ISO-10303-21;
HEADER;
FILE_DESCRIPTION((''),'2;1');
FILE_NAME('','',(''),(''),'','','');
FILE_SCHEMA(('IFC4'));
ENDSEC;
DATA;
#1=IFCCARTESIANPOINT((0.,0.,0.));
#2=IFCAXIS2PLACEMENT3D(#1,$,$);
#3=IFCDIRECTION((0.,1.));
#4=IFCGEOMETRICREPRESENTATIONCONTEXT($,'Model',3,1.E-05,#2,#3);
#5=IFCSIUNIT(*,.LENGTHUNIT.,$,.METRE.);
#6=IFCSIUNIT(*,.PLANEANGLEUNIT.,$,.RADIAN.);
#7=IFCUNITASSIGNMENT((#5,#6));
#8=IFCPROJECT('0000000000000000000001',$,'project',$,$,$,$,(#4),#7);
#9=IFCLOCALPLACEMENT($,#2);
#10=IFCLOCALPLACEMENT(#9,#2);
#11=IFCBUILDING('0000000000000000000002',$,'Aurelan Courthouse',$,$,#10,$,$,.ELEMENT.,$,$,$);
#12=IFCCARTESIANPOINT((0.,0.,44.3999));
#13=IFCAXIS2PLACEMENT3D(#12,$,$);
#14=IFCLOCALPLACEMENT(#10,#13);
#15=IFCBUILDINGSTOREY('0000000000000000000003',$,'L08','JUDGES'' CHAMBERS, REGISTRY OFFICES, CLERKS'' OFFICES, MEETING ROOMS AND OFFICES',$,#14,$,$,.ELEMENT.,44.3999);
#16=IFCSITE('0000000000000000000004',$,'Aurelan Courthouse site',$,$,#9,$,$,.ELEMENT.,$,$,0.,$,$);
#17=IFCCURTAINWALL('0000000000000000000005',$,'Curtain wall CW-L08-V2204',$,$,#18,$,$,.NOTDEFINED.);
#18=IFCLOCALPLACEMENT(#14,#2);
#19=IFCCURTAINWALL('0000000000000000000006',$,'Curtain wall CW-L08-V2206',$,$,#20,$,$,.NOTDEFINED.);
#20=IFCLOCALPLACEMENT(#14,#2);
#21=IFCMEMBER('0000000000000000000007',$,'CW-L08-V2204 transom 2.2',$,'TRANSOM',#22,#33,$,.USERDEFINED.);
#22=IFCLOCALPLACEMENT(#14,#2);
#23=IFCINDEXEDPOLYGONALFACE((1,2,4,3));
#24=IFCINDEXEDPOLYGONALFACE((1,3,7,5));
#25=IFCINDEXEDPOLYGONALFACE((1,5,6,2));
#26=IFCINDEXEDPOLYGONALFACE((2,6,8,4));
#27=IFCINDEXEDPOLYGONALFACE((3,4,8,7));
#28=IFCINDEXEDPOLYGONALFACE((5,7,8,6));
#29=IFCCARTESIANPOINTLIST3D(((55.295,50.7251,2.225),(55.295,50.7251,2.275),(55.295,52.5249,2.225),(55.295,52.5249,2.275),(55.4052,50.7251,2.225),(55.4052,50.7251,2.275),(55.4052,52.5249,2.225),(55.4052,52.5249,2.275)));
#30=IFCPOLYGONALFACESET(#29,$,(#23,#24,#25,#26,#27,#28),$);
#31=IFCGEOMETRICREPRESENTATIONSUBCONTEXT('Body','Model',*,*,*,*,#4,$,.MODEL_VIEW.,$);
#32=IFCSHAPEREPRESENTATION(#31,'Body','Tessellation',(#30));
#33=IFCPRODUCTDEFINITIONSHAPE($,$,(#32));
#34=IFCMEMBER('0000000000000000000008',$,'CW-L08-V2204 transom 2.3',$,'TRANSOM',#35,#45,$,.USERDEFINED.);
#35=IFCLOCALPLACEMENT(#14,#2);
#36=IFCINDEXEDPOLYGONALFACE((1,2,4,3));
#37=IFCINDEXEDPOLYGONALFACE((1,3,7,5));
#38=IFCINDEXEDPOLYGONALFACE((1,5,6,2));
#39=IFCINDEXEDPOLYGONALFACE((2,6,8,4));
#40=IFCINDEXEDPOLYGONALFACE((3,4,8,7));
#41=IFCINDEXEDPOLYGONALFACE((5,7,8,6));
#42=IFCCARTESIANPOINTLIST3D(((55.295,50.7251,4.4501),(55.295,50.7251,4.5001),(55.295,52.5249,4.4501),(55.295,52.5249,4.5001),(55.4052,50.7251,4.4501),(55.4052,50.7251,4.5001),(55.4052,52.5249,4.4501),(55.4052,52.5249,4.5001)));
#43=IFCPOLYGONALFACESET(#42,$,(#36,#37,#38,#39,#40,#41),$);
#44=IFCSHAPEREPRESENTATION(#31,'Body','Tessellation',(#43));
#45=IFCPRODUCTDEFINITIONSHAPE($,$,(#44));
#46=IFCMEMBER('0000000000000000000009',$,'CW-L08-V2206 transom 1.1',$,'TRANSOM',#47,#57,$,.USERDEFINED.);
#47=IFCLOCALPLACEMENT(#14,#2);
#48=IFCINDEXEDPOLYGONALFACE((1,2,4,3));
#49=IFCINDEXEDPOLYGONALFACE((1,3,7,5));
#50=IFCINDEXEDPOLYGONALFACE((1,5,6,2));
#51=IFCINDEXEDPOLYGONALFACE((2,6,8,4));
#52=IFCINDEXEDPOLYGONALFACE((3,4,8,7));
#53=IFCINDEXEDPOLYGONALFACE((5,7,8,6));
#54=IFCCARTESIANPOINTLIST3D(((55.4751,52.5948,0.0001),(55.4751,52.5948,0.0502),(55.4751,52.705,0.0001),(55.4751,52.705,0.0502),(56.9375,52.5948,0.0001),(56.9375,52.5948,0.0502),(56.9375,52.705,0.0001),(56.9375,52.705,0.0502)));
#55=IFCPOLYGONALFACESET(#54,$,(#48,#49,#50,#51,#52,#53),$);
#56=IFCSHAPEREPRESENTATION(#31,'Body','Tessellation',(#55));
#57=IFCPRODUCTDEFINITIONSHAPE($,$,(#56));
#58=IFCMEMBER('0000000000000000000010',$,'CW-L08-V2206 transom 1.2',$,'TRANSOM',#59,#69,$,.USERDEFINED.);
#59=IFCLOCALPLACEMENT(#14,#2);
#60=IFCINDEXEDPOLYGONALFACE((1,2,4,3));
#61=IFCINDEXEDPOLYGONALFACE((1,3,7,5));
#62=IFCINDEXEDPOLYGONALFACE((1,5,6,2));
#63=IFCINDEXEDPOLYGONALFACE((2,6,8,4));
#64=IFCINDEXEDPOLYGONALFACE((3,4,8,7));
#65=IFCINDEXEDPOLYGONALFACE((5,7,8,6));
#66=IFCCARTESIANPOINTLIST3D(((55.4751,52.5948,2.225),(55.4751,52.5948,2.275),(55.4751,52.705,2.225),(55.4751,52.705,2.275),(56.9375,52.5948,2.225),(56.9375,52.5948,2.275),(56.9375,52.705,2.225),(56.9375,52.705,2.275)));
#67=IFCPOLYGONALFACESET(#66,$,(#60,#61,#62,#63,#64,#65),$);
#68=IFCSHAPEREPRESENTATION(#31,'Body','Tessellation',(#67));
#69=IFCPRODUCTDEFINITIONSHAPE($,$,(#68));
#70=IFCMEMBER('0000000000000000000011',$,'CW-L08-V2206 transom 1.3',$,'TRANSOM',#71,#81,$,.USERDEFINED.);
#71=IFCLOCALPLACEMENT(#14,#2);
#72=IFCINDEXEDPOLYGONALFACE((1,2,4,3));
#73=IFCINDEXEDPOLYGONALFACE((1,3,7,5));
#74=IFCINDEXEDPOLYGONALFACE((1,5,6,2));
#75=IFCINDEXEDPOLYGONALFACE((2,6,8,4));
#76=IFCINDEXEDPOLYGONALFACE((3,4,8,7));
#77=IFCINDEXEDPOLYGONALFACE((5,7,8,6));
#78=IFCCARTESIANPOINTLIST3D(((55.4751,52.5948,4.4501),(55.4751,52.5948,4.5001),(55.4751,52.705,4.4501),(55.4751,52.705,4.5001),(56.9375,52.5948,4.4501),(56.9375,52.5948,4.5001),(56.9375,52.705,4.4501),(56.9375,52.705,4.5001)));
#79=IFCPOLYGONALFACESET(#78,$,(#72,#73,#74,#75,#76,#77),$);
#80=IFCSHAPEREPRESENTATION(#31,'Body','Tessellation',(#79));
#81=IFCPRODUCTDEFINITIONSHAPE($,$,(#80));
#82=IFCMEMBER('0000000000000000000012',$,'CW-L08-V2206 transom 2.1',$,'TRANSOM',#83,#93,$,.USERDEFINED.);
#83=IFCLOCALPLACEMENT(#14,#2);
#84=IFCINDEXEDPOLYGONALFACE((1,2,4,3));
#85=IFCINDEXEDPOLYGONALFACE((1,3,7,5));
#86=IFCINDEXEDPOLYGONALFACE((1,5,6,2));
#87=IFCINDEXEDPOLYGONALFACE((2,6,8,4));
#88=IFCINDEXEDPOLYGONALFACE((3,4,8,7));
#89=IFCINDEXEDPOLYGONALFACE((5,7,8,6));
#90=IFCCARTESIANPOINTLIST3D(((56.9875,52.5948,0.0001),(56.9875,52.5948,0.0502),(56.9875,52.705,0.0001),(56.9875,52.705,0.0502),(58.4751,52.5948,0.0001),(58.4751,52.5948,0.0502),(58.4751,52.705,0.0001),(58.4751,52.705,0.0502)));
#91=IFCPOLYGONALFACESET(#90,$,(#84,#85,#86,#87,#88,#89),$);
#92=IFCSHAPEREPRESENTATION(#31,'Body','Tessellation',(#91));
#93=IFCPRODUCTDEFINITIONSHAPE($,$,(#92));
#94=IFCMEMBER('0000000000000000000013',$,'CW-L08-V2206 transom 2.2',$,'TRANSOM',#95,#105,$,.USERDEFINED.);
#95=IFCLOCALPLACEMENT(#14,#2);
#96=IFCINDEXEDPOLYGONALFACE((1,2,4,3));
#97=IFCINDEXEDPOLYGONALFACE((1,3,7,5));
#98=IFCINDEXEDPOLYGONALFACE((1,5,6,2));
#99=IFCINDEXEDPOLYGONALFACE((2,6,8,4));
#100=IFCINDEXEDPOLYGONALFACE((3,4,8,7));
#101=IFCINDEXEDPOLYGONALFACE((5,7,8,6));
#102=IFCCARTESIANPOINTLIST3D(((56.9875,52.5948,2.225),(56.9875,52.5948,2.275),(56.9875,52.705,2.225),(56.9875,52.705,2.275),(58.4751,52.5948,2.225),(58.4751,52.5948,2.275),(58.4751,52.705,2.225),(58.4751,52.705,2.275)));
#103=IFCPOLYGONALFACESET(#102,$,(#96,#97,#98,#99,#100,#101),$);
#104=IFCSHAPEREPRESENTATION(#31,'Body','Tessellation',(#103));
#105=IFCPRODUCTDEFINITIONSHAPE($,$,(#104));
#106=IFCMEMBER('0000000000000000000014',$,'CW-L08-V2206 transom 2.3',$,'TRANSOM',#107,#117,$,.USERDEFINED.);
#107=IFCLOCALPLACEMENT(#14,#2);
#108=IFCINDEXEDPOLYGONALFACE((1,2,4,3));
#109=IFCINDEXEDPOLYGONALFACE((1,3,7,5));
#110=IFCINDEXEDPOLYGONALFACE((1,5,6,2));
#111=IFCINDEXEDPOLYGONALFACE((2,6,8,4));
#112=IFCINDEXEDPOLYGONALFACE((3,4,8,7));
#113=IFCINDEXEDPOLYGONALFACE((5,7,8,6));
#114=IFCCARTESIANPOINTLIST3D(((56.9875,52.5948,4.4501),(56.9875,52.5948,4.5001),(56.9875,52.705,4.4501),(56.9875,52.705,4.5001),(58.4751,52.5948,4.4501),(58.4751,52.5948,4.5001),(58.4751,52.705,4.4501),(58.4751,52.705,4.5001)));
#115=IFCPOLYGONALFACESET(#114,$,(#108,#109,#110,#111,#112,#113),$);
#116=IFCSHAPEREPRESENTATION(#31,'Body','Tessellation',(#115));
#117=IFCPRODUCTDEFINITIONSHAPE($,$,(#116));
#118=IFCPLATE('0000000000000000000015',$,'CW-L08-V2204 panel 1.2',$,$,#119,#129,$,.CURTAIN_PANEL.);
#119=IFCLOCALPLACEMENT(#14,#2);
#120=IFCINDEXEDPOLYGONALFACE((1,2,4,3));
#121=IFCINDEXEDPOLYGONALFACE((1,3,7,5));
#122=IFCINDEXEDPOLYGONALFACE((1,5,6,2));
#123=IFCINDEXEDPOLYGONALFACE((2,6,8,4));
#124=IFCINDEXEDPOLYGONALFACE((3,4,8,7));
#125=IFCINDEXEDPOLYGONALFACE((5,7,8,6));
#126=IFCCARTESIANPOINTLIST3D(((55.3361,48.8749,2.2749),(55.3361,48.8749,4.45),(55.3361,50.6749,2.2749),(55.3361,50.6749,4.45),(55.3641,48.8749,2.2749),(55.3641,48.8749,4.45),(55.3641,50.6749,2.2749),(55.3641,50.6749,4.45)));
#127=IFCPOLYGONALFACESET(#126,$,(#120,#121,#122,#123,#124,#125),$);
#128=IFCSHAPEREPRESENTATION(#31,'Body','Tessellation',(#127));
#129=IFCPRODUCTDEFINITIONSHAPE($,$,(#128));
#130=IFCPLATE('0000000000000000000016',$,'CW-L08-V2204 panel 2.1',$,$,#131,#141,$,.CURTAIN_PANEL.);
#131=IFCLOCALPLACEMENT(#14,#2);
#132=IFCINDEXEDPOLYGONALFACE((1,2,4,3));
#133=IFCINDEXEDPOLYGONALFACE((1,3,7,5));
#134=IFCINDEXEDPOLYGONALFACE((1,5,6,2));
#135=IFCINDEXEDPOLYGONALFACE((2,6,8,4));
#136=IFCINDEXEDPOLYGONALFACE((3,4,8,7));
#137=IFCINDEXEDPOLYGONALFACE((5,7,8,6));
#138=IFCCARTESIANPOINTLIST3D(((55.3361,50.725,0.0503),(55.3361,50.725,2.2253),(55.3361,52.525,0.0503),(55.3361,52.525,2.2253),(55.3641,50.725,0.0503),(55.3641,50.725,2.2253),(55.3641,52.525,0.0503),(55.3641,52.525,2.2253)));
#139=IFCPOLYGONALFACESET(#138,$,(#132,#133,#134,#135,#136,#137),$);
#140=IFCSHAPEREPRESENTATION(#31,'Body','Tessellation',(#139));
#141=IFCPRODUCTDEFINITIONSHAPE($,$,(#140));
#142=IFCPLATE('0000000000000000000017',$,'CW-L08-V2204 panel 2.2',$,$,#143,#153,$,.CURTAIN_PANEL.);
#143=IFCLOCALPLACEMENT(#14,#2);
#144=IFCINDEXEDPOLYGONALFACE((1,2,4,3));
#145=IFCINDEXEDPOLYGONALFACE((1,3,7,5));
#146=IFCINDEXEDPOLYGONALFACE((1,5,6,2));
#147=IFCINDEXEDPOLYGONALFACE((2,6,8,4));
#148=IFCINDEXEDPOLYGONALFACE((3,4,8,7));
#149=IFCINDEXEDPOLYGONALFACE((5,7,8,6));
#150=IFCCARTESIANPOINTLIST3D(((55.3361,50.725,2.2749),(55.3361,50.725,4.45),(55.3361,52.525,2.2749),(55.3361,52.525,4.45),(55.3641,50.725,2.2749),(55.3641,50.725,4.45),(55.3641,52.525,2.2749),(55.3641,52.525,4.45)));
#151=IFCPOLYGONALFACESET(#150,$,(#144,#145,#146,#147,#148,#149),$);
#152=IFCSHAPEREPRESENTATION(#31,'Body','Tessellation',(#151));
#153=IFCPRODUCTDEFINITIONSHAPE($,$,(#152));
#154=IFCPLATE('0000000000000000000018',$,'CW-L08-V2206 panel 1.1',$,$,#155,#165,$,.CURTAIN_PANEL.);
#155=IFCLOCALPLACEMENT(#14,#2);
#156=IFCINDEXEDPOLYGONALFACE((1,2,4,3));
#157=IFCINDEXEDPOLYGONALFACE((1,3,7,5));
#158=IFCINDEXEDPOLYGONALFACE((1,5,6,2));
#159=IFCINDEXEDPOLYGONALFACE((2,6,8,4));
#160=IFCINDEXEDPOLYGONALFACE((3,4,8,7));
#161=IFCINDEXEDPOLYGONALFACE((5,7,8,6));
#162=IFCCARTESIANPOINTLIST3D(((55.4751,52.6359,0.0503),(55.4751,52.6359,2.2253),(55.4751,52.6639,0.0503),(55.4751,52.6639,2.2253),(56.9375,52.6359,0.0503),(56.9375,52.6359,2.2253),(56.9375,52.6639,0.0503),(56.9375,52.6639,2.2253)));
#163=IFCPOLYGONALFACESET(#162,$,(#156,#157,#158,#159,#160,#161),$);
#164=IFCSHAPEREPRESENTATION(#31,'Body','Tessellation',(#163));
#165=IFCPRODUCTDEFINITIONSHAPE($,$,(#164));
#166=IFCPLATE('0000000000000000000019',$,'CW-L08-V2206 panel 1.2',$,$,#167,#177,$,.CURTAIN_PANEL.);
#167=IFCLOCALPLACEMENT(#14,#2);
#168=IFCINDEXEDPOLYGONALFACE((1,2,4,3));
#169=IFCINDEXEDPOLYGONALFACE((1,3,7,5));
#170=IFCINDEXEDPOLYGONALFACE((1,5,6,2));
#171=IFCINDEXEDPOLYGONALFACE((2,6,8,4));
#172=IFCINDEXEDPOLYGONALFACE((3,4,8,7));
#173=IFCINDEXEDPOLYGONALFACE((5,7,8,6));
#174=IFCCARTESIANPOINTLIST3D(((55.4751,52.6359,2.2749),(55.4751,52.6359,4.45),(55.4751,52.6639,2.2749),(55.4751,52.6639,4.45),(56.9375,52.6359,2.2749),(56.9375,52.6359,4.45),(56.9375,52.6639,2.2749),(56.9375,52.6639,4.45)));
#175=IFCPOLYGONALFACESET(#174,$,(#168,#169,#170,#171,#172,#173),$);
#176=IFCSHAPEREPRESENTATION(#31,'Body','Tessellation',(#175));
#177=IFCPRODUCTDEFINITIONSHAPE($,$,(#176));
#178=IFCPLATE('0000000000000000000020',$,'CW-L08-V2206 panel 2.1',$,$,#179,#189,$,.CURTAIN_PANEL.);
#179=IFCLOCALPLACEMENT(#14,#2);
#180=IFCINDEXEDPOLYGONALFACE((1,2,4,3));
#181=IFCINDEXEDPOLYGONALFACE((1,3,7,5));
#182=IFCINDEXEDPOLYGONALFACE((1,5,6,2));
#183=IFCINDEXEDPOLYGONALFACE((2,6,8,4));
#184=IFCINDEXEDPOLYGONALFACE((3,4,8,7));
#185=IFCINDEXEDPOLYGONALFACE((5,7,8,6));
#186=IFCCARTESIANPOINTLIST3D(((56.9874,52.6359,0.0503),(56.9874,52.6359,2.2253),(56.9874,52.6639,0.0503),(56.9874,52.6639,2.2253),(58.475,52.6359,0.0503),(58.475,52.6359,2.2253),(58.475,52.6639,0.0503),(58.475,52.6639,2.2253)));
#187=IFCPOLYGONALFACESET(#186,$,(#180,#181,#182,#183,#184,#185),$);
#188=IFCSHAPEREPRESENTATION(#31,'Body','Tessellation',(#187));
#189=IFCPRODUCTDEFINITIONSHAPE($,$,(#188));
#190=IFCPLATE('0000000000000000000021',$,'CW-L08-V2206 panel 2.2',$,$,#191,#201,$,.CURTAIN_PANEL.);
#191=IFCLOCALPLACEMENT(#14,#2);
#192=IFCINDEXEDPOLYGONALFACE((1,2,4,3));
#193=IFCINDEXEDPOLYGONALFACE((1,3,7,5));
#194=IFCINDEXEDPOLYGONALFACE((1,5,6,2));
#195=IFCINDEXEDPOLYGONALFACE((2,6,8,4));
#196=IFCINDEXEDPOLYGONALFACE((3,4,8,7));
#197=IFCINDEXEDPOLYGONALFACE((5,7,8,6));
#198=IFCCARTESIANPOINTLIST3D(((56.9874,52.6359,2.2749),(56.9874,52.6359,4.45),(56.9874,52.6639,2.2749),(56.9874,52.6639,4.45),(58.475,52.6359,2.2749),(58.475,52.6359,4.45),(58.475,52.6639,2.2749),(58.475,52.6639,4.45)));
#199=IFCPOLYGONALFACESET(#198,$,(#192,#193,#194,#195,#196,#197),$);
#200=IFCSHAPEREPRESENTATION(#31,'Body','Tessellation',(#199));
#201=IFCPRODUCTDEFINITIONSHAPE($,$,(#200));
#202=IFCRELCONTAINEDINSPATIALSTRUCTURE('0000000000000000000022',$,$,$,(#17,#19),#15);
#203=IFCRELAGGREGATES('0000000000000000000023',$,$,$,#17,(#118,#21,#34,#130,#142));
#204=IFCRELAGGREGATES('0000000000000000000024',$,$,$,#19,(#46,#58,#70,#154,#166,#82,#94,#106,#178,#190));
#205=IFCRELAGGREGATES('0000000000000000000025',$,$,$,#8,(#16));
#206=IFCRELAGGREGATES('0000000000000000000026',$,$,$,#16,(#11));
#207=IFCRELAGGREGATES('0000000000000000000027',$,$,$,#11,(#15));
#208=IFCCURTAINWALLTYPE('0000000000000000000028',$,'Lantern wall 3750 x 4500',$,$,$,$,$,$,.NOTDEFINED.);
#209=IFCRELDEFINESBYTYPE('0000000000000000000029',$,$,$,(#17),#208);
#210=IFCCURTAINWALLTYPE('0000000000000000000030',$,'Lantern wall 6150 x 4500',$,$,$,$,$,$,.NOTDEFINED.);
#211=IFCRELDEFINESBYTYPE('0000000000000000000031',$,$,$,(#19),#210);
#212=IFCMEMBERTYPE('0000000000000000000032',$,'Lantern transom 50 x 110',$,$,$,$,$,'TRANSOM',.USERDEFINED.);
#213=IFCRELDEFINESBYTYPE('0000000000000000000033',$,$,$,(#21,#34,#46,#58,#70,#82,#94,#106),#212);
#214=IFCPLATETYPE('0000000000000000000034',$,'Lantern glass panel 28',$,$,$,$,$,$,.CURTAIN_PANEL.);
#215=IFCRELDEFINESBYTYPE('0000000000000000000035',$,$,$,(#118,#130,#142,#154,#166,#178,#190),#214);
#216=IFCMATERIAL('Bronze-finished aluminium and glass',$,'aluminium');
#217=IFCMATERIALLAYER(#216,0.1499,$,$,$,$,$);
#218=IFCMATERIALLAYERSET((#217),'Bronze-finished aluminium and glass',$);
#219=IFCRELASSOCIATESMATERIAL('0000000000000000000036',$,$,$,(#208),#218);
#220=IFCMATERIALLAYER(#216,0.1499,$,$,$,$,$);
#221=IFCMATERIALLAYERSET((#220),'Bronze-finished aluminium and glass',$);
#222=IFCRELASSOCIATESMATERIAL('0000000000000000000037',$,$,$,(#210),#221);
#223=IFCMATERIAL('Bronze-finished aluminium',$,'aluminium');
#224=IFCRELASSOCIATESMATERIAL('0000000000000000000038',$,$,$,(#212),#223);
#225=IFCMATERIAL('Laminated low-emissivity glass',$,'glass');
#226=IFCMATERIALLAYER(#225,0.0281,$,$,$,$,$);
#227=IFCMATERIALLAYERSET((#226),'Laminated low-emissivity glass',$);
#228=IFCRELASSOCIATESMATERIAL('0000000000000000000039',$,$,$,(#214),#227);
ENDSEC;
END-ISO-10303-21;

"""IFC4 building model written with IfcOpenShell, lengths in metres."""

from ifc_helpers import new_model, si_unit, direction, frame, origin, origin_2d, place, context, subcontext, project, spatial, rectangle, extrude, material, layer, layer_set, material_profile, profile_set, type_object, element, aggregate, save


model = new_model("IFC4")

# Units and contexts
model_context = context("Model", 3, precision=1e-05, world=origin(), true_north=direction((0.0, 1.0)))
body_context = subcontext(model_context, "Body", "Model", "MODEL_VIEW")
ifc_project = project(units=[si_unit("LENGTHUNIT", "METRE"), si_unit("PLANEANGLEUNIT", "RADIAN")], contexts=[model_context])

# Site, building, storey
site_placement = place(None, origin())
site = spatial("IfcSite", under=ifc_project, at=site_placement, Name="Aurelan Courthouse site", CompositionType="ELEMENT", RefElevation=0.0)
building_placement = place(site_placement, origin())
building = spatial("IfcBuilding", under=site, at=building_placement, Name="Aurelan Courthouse", CompositionType="ELEMENT")
storey_placement = place(building_placement, frame((0.0, 0.0, 44.3999)))
storey = spatial("IfcBuildingStorey", under=building, at=storey_placement, Name="L08", Description="JUDGES' CHAMBERS, REGISTRY OFFICES, CLERKS' OFFICES, MEETING ROOMS AND OFFICES", CompositionType="ELEMENT", Elevation=44.3999)

# Curtain walls
ifc_material_1 = material(Name="Bronze-finished aluminium and glass", Category="aluminium")
ifc_layer_1 = layer(ifc_material_1, 0.1499)
ifc_layer_set_1 = layer_set([ifc_layer_1], Name="Bronze-finished aluminium and glass")
curtain_wall_type_1 = type_object("IfcCurtainWallType", Name="Lantern wall 3750 x 4500", PredefinedType="NOTDEFINED", material=ifc_layer_set_1)
curtain_wall_1_placement = place(storey_placement, origin())
curtain_wall_1 = element("IfcCurtainWall", 1, at=curtain_wall_1_placement, inside=storey, type_object=curtain_wall_type_1, Name="Curtain wall CW-L08-V2204", PredefinedType="NOTDEFINED")
ifc_material_2 = material(Name="Bronze-finished aluminium", Category="aluminium")
ifc_layer_2 = layer(ifc_material_1, 0.1499)
ifc_layer_set_2 = layer_set([ifc_layer_2], Name="Bronze-finished aluminium and glass")
curtain_wall_type_2 = type_object("IfcCurtainWallType", Name="Lantern wall 6150 x 4500", PredefinedType="NOTDEFINED", material=ifc_layer_set_2)
curtain_wall_2_placement = place(storey_placement, origin())
curtain_wall_2 = element("IfcCurtainWall", 2, at=curtain_wall_2_placement, inside=storey, type_object=curtain_wall_type_2, Name="Curtain wall CW-L08-V2206", PredefinedType="NOTDEFINED")

# Members
ifc_material_profile_1 = material_profile(ifc_material_2, rectangle(XDim=0.1101, YDim=0.05, at=origin_2d()), Name="Lantern transom 50 x 110")
ifc_profile_set_1 = profile_set([ifc_material_profile_1], Name="Bronze-finished aluminium")
member_type_1 = type_object("IfcMemberType", Name="Lantern transom 50 x 110", ElementType="TRANSOM", PredefinedType="USERDEFINED", material=ifc_profile_set_1)
member_1_placement = place(storey_placement, frame((55.3501, 50.7251, 2.25), z_axis=(0.0, 1.0, 0.0), x_axis=(-1.0, 0.0, 0.0)))
member_1 = element("IfcMember", 3, at=member_1_placement, type_object=member_type_1, Name="CW-L08-V2204 transom 2.2", ObjectType="TRANSOM", PredefinedType="USERDEFINED", context=body_context, shape_type="SweptSolid", body=[
    extrude(rectangle(XDim=0.1101, YDim=0.05, at=origin_2d()), origin(), (0.0, 0.0, 1.0), 1.7998),
])
member_2_placement = place(storey_placement, frame((55.3501, 50.7251, 4.4751), z_axis=(0.0, 1.0, 0.0), x_axis=(-1.0, 0.0, 0.0)))
member_2 = element("IfcMember", 4, at=member_2_placement, type_object=member_type_1, Name="CW-L08-V2204 transom 2.3", ObjectType="TRANSOM", PredefinedType="USERDEFINED", context=body_context, shape_type="SweptSolid", body=[
    extrude(rectangle(XDim=0.1101, YDim=0.05, at=origin_2d()), origin(), (0.0, 0.0, 1.0), 1.7998),
])
member_3_placement = place(storey_placement, frame((55.4751, 52.6499, 0.0251), z_axis=(1.0, 0.0, 0.0), x_axis=(0.0, 1.0, 0.0)))
member_3 = element("IfcMember", 5, at=member_3_placement, type_object=member_type_1, Name="CW-L08-V2206 transom 1.1", ObjectType="TRANSOM", PredefinedType="USERDEFINED", context=body_context, shape_type="SweptSolid", body=[
    extrude(rectangle(XDim=0.1101, YDim=0.05, at=origin_2d()), origin(), (0.0, 0.0, 1.0), 1.4624),
])
member_4_placement = place(storey_placement, frame((55.4751, 52.6499, 2.25), z_axis=(1.0, 0.0, 0.0), x_axis=(0.0, 1.0, 0.0)))
member_4 = element("IfcMember", 6, at=member_4_placement, type_object=member_type_1, Name="CW-L08-V2206 transom 1.2", ObjectType="TRANSOM", PredefinedType="USERDEFINED", context=body_context, shape_type="SweptSolid", body=[
    extrude(rectangle(XDim=0.1101, YDim=0.05, at=origin_2d()), origin(), (0.0, 0.0, 1.0), 1.4624),
])
member_5_placement = place(storey_placement, frame((55.4751, 52.6499, 4.4751), z_axis=(1.0, 0.0, 0.0), x_axis=(0.0, 1.0, 0.0)))
member_5 = element("IfcMember", 7, at=member_5_placement, type_object=member_type_1, Name="CW-L08-V2206 transom 1.3", ObjectType="TRANSOM", PredefinedType="USERDEFINED", context=body_context, shape_type="SweptSolid", body=[
    extrude(rectangle(XDim=0.1101, YDim=0.05, at=origin_2d()), origin(), (0.0, 0.0, 1.0), 1.4624),
])
member_6_placement = place(storey_placement, frame((56.9875, 52.6499, 0.0251), z_axis=(1.0, 0.0, 0.0), x_axis=(0.0, 1.0, 0.0)))
member_6 = element("IfcMember", 8, at=member_6_placement, type_object=member_type_1, Name="CW-L08-V2206 transom 2.1", ObjectType="TRANSOM", PredefinedType="USERDEFINED", context=body_context, shape_type="SweptSolid", body=[
    extrude(rectangle(XDim=0.1101, YDim=0.05, at=origin_2d()), origin(), (0.0, 0.0, 1.0), 1.4875),
])
member_7_placement = place(storey_placement, frame((56.9875, 52.6499, 2.25), z_axis=(1.0, 0.0, 0.0), x_axis=(0.0, 1.0, 0.0)))
member_7 = element("IfcMember", 9, at=member_7_placement, type_object=member_type_1, Name="CW-L08-V2206 transom 2.2", ObjectType="TRANSOM", PredefinedType="USERDEFINED", context=body_context, shape_type="SweptSolid", body=[
    extrude(rectangle(XDim=0.1101, YDim=0.05, at=origin_2d()), origin(), (0.0, 0.0, 1.0), 1.4875),
])
member_8_placement = place(storey_placement, frame((56.9875, 52.6499, 4.4751), z_axis=(1.0, 0.0, 0.0), x_axis=(0.0, 1.0, 0.0)))
member_8 = element("IfcMember", 10, at=member_8_placement, type_object=member_type_1, Name="CW-L08-V2206 transom 2.3", ObjectType="TRANSOM", PredefinedType="USERDEFINED", context=body_context, shape_type="SweptSolid", body=[
    extrude(rectangle(XDim=0.1101, YDim=0.05, at=origin_2d()), origin(), (0.0, 0.0, 1.0), 1.4875),
])

# Plates
ifc_material_3 = material(Name="Laminated low-emissivity glass", Category="glass")
ifc_layer_3 = layer(ifc_material_3, 0.0281)
ifc_layer_set_3 = layer_set([ifc_layer_3], Name="Laminated low-emissivity glass")
plate_type_1 = type_object("IfcPlateType", Name="Lantern glass panel 28", PredefinedType="CURTAIN_PANEL", material=ifc_layer_set_3)
plate_1_placement = place(storey_placement, frame((55.3501, 49.7749, 2.2749), z_axis=(0.0, 0.0, 1.0), x_axis=(0.0, 1.0, 0.0)))
plate_1 = element("IfcPlate", 11, at=plate_1_placement, type_object=plate_type_1, Name="CW-L08-V2204 panel 1.2", PredefinedType="CURTAIN_PANEL", context=body_context, shape_type="SweptSolid", body=[
    extrude(rectangle(XDim=1.8, YDim=0.0281, at=origin_2d()), origin(), (0.0, 0.0, 1.0), 2.175),
])
plate_2_placement = place(storey_placement, frame((55.3501, 51.625, 0.0503), z_axis=(0.0, 0.0, 1.0), x_axis=(0.0, 1.0, 0.0)))
plate_2 = element("IfcPlate", 12, at=plate_2_placement, type_object=plate_type_1, Name="CW-L08-V2204 panel 2.1", PredefinedType="CURTAIN_PANEL", context=body_context, shape_type="SweptSolid", body=[
    extrude(rectangle(XDim=1.8, YDim=0.0281, at=origin_2d()), origin(), (0.0, 0.0, 1.0), 2.175),
])
plate_3_placement = place(storey_placement, frame((55.3501, 51.625, 2.2749), z_axis=(0.0, 0.0, 1.0), x_axis=(0.0, 1.0, 0.0)))
plate_3 = element("IfcPlate", 13, at=plate_3_placement, type_object=plate_type_1, Name="CW-L08-V2204 panel 2.2", PredefinedType="CURTAIN_PANEL", context=body_context, shape_type="SweptSolid", body=[
    extrude(rectangle(XDim=1.8, YDim=0.0281, at=origin_2d()), origin(), (0.0, 0.0, 1.0), 2.175),
])
aggregate(curtain_wall_1, [plate_1, member_1, member_2, plate_2, plate_3])
plate_4_placement = place(storey_placement, frame((56.2063, 52.6499, 0.0503), z_axis=(0.0, 0.0, 1.0), x_axis=(1.0, 0.0, 0.0)))
plate_4 = element("IfcPlate", 14, at=plate_4_placement, type_object=plate_type_1, Name="CW-L08-V2206 panel 1.1", PredefinedType="CURTAIN_PANEL", context=body_context, shape_type="SweptSolid", body=[
    extrude(rectangle(XDim=1.4624, YDim=0.0281, at=origin_2d()), origin(), (0.0, 0.0, 1.0), 2.175),
])
plate_5_placement = place(storey_placement, frame((56.2063, 52.6499, 2.2749), z_axis=(0.0, 0.0, 1.0), x_axis=(1.0, 0.0, 0.0)))
plate_5 = element("IfcPlate", 15, at=plate_5_placement, type_object=plate_type_1, Name="CW-L08-V2206 panel 1.2", PredefinedType="CURTAIN_PANEL", context=body_context, shape_type="SweptSolid", body=[
    extrude(rectangle(XDim=1.4624, YDim=0.0281, at=origin_2d()), origin(), (0.0, 0.0, 1.0), 2.175),
])
plate_6_placement = place(storey_placement, frame((57.7312, 52.6499, 0.0503), z_axis=(0.0, 0.0, 1.0), x_axis=(1.0, 0.0, 0.0)))
plate_6 = element("IfcPlate", 16, at=plate_6_placement, type_object=plate_type_1, Name="CW-L08-V2206 panel 2.1", PredefinedType="CURTAIN_PANEL", context=body_context, shape_type="SweptSolid", body=[
    extrude(rectangle(XDim=1.4875, YDim=0.0281, at=origin_2d()), origin(), (0.0, 0.0, 1.0), 2.175),
])
plate_7_placement = place(storey_placement, frame((57.7312, 52.6499, 2.2749), z_axis=(0.0, 0.0, 1.0), x_axis=(1.0, 0.0, 0.0)))
plate_7 = element("IfcPlate", 17, at=plate_7_placement, type_object=plate_type_1, Name="CW-L08-V2206 panel 2.2", PredefinedType="CURTAIN_PANEL", context=body_context, shape_type="SweptSolid", body=[
    extrude(rectangle(XDim=1.4875, YDim=0.0281, at=origin_2d()), origin(), (0.0, 0.0, 1.0), 2.175),
])
aggregate(curtain_wall_2, [member_3, member_4, member_5, plate_4, plate_5, member_6, member_7, member_8, plate_6, plate_7])

save(model, "model.ifc")
